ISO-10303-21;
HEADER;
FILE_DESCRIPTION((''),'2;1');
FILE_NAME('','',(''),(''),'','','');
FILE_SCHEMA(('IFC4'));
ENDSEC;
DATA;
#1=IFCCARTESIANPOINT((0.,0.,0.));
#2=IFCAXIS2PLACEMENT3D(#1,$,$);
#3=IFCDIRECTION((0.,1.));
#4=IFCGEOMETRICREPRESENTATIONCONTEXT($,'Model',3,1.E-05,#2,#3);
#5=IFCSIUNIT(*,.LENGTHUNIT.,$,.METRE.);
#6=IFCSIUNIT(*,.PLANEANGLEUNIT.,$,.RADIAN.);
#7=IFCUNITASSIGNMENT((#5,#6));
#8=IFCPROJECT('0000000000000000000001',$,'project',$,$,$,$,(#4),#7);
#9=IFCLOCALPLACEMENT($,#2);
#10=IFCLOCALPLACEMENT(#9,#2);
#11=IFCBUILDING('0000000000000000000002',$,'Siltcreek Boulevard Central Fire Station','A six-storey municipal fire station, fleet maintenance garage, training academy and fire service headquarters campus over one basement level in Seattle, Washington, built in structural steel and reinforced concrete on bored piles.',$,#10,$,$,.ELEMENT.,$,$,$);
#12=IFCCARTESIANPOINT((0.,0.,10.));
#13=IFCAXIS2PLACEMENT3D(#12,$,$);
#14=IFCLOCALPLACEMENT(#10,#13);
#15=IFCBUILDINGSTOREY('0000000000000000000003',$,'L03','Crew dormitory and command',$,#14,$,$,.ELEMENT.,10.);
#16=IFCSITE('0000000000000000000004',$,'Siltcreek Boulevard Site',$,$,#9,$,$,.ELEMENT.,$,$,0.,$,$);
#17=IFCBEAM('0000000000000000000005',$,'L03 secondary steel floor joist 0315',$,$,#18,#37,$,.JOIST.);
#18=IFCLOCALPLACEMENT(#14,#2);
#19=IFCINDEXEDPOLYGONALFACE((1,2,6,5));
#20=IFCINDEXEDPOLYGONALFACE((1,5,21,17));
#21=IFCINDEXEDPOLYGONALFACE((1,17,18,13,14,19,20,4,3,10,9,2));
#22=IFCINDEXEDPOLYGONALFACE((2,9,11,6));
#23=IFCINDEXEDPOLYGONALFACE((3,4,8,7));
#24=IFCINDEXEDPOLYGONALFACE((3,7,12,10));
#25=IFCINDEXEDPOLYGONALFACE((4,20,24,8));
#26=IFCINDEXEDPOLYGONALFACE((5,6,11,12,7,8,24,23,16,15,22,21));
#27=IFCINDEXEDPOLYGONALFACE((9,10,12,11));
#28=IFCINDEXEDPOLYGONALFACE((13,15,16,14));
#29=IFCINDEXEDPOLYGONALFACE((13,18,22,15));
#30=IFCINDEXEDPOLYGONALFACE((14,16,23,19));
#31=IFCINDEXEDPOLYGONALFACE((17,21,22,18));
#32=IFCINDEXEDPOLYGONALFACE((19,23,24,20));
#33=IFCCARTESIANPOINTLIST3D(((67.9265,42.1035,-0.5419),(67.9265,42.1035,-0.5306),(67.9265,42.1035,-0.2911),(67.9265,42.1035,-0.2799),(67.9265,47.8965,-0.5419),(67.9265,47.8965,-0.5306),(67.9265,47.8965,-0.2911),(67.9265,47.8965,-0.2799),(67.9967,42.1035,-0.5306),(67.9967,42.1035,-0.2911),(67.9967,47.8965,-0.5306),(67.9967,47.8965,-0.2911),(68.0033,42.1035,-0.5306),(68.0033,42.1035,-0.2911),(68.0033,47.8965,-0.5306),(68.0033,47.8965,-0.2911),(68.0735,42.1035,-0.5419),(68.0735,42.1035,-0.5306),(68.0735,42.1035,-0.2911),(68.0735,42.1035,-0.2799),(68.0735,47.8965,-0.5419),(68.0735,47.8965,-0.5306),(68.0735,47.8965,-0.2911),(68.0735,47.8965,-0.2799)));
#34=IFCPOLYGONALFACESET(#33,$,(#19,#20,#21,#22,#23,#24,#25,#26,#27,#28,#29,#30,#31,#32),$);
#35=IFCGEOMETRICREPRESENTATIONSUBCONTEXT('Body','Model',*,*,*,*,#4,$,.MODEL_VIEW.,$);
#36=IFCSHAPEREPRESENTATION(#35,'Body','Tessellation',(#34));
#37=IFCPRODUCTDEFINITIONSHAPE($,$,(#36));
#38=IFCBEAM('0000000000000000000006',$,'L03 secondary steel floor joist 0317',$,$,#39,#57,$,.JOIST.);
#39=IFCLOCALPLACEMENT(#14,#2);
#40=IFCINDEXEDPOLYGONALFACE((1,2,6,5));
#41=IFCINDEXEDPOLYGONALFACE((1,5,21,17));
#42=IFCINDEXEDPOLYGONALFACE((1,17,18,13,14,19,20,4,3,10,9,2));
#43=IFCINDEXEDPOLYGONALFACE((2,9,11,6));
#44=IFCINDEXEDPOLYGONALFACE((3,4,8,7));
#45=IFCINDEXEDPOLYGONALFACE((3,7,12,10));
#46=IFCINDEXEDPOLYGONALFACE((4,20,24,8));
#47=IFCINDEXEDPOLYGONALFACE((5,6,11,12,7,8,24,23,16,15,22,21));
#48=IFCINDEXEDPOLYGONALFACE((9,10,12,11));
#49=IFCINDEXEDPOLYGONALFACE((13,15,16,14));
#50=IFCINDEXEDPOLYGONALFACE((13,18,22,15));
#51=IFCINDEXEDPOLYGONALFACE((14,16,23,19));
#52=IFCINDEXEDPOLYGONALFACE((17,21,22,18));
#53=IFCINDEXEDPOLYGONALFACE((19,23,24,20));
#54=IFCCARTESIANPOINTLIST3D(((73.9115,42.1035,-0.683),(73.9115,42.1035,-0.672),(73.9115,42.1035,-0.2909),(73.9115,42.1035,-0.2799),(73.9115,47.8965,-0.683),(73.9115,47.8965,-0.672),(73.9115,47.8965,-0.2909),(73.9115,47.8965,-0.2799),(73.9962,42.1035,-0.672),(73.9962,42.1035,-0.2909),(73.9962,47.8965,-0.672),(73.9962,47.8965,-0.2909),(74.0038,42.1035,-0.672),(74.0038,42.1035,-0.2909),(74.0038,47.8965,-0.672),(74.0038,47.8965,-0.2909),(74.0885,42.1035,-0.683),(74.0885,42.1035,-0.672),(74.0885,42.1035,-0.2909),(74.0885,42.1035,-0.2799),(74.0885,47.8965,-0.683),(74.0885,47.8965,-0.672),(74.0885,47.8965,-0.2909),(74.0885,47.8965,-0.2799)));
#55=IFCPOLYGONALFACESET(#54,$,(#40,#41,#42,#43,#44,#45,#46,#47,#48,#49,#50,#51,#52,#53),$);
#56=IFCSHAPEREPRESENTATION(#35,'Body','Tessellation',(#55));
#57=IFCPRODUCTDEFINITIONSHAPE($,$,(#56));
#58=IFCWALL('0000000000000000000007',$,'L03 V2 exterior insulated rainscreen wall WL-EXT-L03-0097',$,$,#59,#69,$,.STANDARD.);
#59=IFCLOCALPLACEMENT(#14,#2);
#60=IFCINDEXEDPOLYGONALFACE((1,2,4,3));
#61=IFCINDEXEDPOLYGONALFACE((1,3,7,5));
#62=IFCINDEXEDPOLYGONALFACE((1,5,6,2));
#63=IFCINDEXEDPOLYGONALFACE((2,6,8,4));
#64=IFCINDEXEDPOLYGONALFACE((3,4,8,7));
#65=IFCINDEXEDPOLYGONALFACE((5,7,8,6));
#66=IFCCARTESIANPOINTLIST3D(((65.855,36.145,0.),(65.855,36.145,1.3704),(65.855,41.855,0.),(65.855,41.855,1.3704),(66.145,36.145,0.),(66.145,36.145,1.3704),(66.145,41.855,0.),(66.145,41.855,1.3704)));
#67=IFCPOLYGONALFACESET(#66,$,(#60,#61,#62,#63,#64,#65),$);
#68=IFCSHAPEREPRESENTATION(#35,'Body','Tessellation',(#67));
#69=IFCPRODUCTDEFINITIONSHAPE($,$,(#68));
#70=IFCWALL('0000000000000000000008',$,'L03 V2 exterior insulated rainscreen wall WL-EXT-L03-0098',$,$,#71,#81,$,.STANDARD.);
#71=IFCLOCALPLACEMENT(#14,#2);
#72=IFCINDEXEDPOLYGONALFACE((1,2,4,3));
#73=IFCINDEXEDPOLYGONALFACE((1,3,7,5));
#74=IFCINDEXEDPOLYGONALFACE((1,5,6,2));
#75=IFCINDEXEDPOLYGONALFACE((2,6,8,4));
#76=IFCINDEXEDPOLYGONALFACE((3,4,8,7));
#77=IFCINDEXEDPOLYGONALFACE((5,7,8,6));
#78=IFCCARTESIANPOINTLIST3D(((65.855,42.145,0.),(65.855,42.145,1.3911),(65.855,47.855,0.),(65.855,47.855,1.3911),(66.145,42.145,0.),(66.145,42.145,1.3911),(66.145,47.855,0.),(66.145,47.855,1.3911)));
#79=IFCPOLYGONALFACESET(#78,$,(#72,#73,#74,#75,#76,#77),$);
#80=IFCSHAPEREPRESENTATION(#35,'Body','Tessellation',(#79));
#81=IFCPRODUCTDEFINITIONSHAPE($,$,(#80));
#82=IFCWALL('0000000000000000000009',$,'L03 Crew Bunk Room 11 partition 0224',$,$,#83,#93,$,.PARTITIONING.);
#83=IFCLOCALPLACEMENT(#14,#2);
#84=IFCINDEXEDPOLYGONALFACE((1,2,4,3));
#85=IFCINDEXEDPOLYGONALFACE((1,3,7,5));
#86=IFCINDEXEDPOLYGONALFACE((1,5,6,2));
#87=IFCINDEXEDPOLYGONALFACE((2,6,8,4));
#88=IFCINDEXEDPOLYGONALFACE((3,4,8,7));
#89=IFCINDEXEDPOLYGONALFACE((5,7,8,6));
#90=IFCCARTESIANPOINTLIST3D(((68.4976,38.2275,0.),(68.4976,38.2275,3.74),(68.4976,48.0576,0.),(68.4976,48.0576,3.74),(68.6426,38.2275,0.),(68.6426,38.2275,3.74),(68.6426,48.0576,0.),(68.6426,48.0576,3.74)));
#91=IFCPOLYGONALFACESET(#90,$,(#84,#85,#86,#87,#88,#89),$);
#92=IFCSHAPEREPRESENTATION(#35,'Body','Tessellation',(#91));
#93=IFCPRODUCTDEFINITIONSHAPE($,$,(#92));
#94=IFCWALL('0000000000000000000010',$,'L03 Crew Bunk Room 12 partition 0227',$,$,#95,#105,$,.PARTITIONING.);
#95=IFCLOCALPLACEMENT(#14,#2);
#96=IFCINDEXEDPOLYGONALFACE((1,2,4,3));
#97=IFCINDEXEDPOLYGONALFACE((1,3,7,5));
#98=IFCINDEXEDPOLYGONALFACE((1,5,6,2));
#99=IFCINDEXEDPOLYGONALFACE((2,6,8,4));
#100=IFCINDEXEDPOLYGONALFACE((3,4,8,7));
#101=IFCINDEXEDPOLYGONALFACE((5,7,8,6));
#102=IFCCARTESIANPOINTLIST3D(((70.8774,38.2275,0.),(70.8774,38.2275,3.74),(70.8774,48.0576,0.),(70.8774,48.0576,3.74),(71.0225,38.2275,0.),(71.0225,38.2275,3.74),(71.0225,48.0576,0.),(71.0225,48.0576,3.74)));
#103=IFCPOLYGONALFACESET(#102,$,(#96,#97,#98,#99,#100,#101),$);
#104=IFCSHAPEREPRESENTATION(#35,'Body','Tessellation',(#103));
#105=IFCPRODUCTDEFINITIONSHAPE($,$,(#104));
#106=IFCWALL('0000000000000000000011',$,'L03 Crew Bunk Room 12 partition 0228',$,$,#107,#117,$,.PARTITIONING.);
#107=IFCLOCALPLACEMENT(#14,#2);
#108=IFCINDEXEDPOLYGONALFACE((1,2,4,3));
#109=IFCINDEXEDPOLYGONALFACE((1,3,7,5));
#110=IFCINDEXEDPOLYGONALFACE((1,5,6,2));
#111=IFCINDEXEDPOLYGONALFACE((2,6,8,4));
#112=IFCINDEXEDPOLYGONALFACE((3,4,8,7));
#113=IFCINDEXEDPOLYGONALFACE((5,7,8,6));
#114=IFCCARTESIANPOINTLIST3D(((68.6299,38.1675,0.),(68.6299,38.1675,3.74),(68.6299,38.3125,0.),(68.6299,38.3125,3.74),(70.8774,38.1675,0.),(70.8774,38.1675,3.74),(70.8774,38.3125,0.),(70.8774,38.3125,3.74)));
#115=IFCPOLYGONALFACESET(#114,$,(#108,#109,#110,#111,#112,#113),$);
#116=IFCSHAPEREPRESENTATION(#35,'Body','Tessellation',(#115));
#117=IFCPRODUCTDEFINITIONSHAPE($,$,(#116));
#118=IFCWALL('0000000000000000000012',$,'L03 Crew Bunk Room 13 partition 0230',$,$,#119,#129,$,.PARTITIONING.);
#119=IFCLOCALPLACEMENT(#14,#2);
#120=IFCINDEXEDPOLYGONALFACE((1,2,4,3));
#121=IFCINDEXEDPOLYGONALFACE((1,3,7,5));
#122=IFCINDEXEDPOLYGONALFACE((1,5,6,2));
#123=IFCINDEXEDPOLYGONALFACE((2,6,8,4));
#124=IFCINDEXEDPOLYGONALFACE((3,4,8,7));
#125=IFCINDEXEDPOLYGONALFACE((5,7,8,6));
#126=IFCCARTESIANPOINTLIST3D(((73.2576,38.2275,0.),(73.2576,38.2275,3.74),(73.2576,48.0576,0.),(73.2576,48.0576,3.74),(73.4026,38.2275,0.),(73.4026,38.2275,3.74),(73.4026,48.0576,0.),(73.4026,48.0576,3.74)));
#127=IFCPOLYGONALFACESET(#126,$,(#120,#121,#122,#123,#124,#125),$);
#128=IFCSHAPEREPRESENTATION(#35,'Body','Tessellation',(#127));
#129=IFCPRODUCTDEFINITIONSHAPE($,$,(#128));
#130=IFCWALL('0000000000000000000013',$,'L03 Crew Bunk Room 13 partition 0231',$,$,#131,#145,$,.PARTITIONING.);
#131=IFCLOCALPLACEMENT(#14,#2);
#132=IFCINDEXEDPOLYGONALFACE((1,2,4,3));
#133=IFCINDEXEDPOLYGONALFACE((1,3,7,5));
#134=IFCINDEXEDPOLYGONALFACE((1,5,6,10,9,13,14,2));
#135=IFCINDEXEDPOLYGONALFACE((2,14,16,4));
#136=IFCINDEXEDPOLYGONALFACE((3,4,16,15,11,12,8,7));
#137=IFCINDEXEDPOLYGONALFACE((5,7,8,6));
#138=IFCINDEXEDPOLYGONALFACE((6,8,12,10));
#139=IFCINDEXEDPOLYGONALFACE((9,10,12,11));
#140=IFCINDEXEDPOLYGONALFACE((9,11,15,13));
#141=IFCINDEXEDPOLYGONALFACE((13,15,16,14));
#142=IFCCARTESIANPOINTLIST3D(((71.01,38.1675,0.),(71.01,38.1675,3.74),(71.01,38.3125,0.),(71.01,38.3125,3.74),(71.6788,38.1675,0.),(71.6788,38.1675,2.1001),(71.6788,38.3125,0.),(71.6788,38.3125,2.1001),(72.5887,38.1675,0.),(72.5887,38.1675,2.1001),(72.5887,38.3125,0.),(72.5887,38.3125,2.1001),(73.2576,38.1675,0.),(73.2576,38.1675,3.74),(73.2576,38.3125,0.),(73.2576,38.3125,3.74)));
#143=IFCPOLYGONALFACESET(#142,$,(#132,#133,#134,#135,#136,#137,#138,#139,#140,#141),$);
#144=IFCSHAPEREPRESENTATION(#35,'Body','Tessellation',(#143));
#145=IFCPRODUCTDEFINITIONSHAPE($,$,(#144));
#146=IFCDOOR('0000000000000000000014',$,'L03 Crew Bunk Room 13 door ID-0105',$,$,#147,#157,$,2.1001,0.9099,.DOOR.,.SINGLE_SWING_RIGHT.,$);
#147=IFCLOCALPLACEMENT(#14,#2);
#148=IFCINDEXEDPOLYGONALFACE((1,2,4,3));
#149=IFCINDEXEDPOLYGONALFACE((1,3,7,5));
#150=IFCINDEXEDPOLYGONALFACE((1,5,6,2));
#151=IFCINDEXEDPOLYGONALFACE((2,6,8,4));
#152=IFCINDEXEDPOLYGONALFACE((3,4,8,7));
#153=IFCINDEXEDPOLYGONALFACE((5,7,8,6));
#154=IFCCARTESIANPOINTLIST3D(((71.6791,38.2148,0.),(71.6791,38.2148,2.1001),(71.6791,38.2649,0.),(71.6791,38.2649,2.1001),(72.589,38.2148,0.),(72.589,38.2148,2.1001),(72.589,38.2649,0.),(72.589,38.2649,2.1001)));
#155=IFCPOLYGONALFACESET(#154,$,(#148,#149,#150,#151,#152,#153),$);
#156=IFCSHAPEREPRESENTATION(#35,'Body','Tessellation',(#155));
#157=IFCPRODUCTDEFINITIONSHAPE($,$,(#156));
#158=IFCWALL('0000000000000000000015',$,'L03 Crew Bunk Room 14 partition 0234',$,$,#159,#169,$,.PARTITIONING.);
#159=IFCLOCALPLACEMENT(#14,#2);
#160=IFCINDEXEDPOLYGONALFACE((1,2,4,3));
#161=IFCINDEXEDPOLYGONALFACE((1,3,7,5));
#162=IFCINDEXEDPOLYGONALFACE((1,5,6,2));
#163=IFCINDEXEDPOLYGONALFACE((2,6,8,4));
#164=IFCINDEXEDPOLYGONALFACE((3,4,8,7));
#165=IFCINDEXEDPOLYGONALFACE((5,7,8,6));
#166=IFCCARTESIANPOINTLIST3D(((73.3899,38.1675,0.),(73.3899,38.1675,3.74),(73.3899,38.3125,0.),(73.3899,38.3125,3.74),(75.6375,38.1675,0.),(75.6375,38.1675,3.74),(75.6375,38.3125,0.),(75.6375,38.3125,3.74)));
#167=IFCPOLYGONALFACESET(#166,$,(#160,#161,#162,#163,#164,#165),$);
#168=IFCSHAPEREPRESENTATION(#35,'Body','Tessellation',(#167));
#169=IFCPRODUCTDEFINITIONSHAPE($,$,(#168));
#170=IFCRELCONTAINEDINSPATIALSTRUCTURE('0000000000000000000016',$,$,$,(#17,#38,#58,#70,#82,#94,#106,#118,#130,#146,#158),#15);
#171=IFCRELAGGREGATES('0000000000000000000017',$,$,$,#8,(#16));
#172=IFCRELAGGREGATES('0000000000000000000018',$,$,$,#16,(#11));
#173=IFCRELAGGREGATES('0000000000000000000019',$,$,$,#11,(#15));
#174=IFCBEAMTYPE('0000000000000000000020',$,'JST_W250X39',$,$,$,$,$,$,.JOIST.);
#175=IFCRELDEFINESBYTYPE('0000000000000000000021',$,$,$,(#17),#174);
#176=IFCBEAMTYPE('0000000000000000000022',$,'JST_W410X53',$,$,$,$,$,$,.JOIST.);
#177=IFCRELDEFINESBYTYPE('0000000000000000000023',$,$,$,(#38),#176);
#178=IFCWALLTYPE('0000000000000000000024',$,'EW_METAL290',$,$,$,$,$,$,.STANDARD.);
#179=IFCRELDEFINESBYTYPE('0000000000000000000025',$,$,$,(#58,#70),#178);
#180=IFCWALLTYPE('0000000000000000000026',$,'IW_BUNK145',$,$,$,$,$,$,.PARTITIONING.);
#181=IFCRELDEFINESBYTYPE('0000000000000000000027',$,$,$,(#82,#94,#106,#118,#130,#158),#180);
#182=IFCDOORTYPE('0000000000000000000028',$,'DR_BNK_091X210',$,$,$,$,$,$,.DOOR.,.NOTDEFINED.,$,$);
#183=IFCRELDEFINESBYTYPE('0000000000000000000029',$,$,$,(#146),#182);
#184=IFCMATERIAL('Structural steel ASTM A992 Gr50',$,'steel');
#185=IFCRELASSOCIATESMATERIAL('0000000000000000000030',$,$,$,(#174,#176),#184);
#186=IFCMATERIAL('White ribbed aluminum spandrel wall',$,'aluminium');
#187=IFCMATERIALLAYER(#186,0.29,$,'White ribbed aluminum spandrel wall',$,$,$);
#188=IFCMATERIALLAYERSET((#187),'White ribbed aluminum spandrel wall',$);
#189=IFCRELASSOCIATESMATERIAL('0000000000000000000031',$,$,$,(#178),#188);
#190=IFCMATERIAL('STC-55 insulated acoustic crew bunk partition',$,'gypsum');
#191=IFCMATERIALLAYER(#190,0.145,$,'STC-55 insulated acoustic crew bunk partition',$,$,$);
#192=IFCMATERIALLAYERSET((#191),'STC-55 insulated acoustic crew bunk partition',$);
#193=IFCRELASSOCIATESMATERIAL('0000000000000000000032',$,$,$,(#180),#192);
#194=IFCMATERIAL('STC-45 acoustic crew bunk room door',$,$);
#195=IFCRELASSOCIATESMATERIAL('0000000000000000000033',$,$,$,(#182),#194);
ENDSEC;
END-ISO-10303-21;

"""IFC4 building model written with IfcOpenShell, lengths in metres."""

from ifc_helpers import new_model, si_unit, direction, frame, frame_2d, origin, origin_2d, place, context, subcontext, project, spatial, rectangle, i_section, extrude, material, layer, layer_set, material_profile, profile_set, type_object, element, fill, save


model = new_model("IFC4")

# Units and contexts
model_context = context("Model", 3, precision=1e-05, world=origin(), true_north=direction((0.0, 1.0)))
body_context = subcontext(model_context, "Body", "Model", "MODEL_VIEW")
ifc_project = project(units=[si_unit("LENGTHUNIT", "METRE"), si_unit("PLANEANGLEUNIT", "RADIAN")], contexts=[model_context])

# Site, building, storey
site_placement = place(None, origin())
site = spatial("IfcSite", under=ifc_project, at=site_placement, Name="Siltcreek Boulevard Site", CompositionType="ELEMENT", RefElevation=0.0)
building_placement = place(site_placement, origin())
building = spatial("IfcBuilding", under=site, at=building_placement, Name="Siltcreek Boulevard Central Fire Station", Description="A six-storey municipal fire station, fleet maintenance garage, training academy and fire service headquarters campus over one basement level in Seattle, Washington, built in structural steel and reinforced concrete on bored piles.", CompositionType="ELEMENT")
storey_placement = place(building_placement, frame((0.0, 0.0, 10.0)))
storey = spatial("IfcBuildingStorey", under=building, at=storey_placement, Name="L03", Description="Crew dormitory and command", CompositionType="ELEMENT", Elevation=10.0)

# Shared definitions
ifc_material_1 = material(Name="Structural steel ASTM A992 Gr50", Category="steel")

# Beams
ifc_material_profile_1 = material_profile(ifc_material_1, i_section(OverallWidth=0.147, OverallDepth=0.262, WebThickness=0.0066, FlangeThickness=0.0112, at=origin_2d()), Name="W250X39")
ifc_profile_set_1 = profile_set([ifc_material_profile_1], Name="Structural steel ASTM A992 Gr50")
beam_type_1 = type_object("IfcBeamType", Name="JST_W250X39", PredefinedType="JOIST", material=ifc_profile_set_1)
beam_1_placement = place(storey_placement, frame((68.0, 42.1035, -0.4109), z_axis=(0.0, 1.0, 0.0), x_axis=(-1.0, 0.0, 0.0)))
element("IfcBeam", 1, at=beam_1_placement, inside=storey, type_object=beam_type_1, Name="L03 secondary steel floor joist 0315", PredefinedType="JOIST", context=body_context, shape_type="SweptSolid", body=[
    extrude(i_section(OverallWidth=0.147, OverallDepth=0.262, WebThickness=0.0066, FlangeThickness=0.0112, at=origin_2d()), origin(), (0.0, 0.0, 1.0), 5.793),
])
ifc_material_profile_2 = material_profile(ifc_material_1, i_section(OverallWidth=0.177, OverallDepth=0.4031, WebThickness=0.0076, FlangeThickness=0.011, at=origin_2d()), Name="W410X53")
ifc_profile_set_2 = profile_set([ifc_material_profile_2], Name="Structural steel ASTM A992 Gr50")
beam_type_2 = type_object("IfcBeamType", Name="JST_W410X53", PredefinedType="JOIST", material=ifc_profile_set_2)
beam_2_placement = place(storey_placement, frame((74.0, 42.1035, -0.4814), z_axis=(0.0, 1.0, 0.0), x_axis=(-1.0, 0.0, 0.0)))
element("IfcBeam", 2, at=beam_2_placement, inside=storey, type_object=beam_type_2, Name="L03 secondary steel floor joist 0317", PredefinedType="JOIST", context=body_context, shape_type="SweptSolid", body=[
    extrude(i_section(OverallWidth=0.177, OverallDepth=0.4031, WebThickness=0.0076, FlangeThickness=0.011, at=origin_2d()), origin(), (0.0, 0.0, 1.0), 5.793),
])

# Walls
ifc_material_2 = material(Name="White ribbed aluminum spandrel wall", Category="aluminium")
ifc_layer_1 = layer(ifc_material_2, 0.29, Name="White ribbed aluminum spandrel wall")
ifc_layer_set_1 = layer_set([ifc_layer_1], Name="White ribbed aluminum spandrel wall")
wall_type_1 = type_object("IfcWallType", Name="EW_METAL290", PredefinedType="STANDARD", material=ifc_layer_set_1)
wall_1_placement = place(storey_placement, frame((66.0, 41.855, 0.0), z_axis=(0.0, 0.0, 1.0), x_axis=(0.0, -1.0, 0.0)))
element("IfcWall", 3, at=wall_1_placement, inside=storey, type_object=wall_type_1, Name="L03 V2 exterior insulated rainscreen wall WL-EXT-L03-0097", PredefinedType="STANDARD", context=body_context, shape_type="SweptSolid", body=[
    extrude(rectangle(XDim=5.71, YDim=0.29, at=frame_2d((2.855, 0.0))), origin(), (0.0, 0.0, 1.0), 1.3704),
])
wall_2_placement = place(storey_placement, frame((66.0, 47.855, 0.0), z_axis=(0.0, 0.0, 1.0), x_axis=(0.0, -1.0, 0.0)))
element("IfcWall", 4, at=wall_2_placement, inside=storey, type_object=wall_type_1, Name="L03 V2 exterior insulated rainscreen wall WL-EXT-L03-0098", PredefinedType="STANDARD", context=body_context, shape_type="SweptSolid", body=[
    extrude(rectangle(XDim=5.71, YDim=0.29, at=frame_2d((2.855, 0.0))), origin(), (0.0, 0.0, 1.0), 1.3911),
])
ifc_material_3 = material(Name="STC-55 insulated acoustic crew bunk partition", Category="gypsum")
ifc_layer_2 = layer(ifc_material_3, 0.145, Name="STC-55 insulated acoustic crew bunk partition")
ifc_layer_set_2 = layer_set([ifc_layer_2], Name="STC-55 insulated acoustic crew bunk partition")
wall_type_2 = type_object("IfcWallType", Name="IW_BUNK145", PredefinedType="PARTITIONING", material=ifc_layer_set_2)
for number, where, z_axis, x_axis, name in (
    (5, (68.5701, 48.0576, 0.0), (0.0, 0.0, 1.0), (0.0, -1.0, 0.0), "L03 Crew Bunk Room 11 partition 0224"),
    (6, (70.95, 48.0576, 0.0), (0.0, 0.0, 1.0), (0.0, -1.0, 0.0), "L03 Crew Bunk Room 12 partition 0227"),
):
    element("IfcWall", number, at=place(storey_placement, frame(where, z_axis=z_axis, x_axis=x_axis)), inside=storey, type_object=wall_type_2, Name=name, PredefinedType="PARTITIONING", context=body_context, shape_type="SweptSolid", body=[
        extrude(rectangle(XDim=9.8301, YDim=0.145, at=frame_2d((4.915, 0.0))), origin(), (0.0, 0.0, 1.0), 3.74),
    ])
wall_3_placement = place(storey_placement, frame((70.8774, 38.24, 0.0), z_axis=(0.0, 0.0, 1.0), x_axis=(-1.0, 0.0, 0.0)))
element("IfcWall", 7, at=wall_3_placement, inside=storey, type_object=wall_type_2, Name="L03 Crew Bunk Room 12 partition 0228", PredefinedType="PARTITIONING", context=body_context, shape_type="SweptSolid", body=[
    extrude(rectangle(XDim=2.2476, YDim=0.145, at=frame_2d((1.1238, 0.0))), origin(), (0.0, 0.0, 1.0), 3.74),
])
wall_4_placement = place(storey_placement, frame((73.3301, 48.0576, 0.0), z_axis=(0.0, 0.0, 1.0), x_axis=(0.0, -1.0, 0.0)))
element("IfcWall", 8, at=wall_4_placement, inside=storey, type_object=wall_type_2, Name="L03 Crew Bunk Room 13 partition 0230", PredefinedType="PARTITIONING", context=body_context, shape_type="SweptSolid", body=[
    extrude(rectangle(XDim=9.8301, YDim=0.145, at=frame_2d((4.915, 0.0))), origin(), (0.0, 0.0, 1.0), 3.74),
])

# Wall, opening, door
wall_5_placement = place(storey_placement, frame((73.2576, 38.24, 0.0), z_axis=(0.0, 0.0, 1.0), x_axis=(-1.0, 0.0, 0.0)))
wall_5 = element("IfcWall", 9, at=wall_5_placement, inside=storey, type_object=wall_type_2, Name="L03 Crew Bunk Room 13 partition 0231", PredefinedType="PARTITIONING", context=body_context, shape_type="SweptSolid", body=[
    extrude(rectangle(XDim=2.2476, YDim=0.145, at=frame_2d((1.1238, 0.0))), origin(), (0.0, 0.0, 1.0), 3.74),
])
opening_placement = place(wall_5_placement, frame((0.6687, 0.0, 0.0)))
opening = element("IfcOpeningElement", 10, at=opening_placement, cuts=wall_5, PredefinedType="OPENING", context=body_context, shape_type="SweptSolid", body=[
    extrude(rectangle(XDim=0.9099, YDim=2.1001, at=frame_2d((0.4551, 1.05))), frame((0.0, 0.0825, 0.0), z_axis=(0.0, -1.0, 0.0), x_axis=(1.0, 0.0, 0.0)), (0.0, 0.0, 1.0), 0.165),
])
ifc_material_4 = material(Name="STC-45 acoustic crew bunk room door")
door_type = type_object("IfcDoorType", Name="DR_BNK_091X210", OperationType="NOTDEFINED", PredefinedType="DOOR", material=ifc_material_4)
door_placement = place(opening_placement, frame((0.9099, 0.0, 0.0), z_axis=(0.0, 0.0, 1.0), x_axis=(-1.0, 0.0, 0.0)))
door = element("IfcDoor", 11, at=door_placement, inside=storey, type_object=door_type, Name="L03 Crew Bunk Room 13 door ID-0105", OperationType="SINGLE_SWING_RIGHT", OverallHeight=2.1001, OverallWidth=0.9099, PredefinedType="DOOR", context=body_context, shape_type="SweptSolid", body=[
    extrude(rectangle(XDim=0.9099, YDim=2.1001, at=frame_2d((0.4551, 1.05))), frame((0.0, 0.0249, 0.0), z_axis=(0.0, -1.0, 0.0), x_axis=(1.0, 0.0, 0.0)), (0.0, 0.0, 1.0), 0.05),
])
fill(opening, door)

# Wall
wall_6_placement = place(storey_placement, frame((75.6375, 38.24, 0.0), z_axis=(0.0, 0.0, 1.0), x_axis=(-1.0, 0.0, 0.0)))
element("IfcWall", 12, at=wall_6_placement, inside=storey, type_object=wall_type_2, Name="L03 Crew Bunk Room 14 partition 0234", PredefinedType="PARTITIONING", context=body_context, shape_type="SweptSolid", body=[
    extrude(rectangle(XDim=2.2476, YDim=0.145, at=frame_2d((1.1238, 0.0))), origin(), (0.0, 0.0, 1.0), 3.74),
])

save(model, "model.ifc")
